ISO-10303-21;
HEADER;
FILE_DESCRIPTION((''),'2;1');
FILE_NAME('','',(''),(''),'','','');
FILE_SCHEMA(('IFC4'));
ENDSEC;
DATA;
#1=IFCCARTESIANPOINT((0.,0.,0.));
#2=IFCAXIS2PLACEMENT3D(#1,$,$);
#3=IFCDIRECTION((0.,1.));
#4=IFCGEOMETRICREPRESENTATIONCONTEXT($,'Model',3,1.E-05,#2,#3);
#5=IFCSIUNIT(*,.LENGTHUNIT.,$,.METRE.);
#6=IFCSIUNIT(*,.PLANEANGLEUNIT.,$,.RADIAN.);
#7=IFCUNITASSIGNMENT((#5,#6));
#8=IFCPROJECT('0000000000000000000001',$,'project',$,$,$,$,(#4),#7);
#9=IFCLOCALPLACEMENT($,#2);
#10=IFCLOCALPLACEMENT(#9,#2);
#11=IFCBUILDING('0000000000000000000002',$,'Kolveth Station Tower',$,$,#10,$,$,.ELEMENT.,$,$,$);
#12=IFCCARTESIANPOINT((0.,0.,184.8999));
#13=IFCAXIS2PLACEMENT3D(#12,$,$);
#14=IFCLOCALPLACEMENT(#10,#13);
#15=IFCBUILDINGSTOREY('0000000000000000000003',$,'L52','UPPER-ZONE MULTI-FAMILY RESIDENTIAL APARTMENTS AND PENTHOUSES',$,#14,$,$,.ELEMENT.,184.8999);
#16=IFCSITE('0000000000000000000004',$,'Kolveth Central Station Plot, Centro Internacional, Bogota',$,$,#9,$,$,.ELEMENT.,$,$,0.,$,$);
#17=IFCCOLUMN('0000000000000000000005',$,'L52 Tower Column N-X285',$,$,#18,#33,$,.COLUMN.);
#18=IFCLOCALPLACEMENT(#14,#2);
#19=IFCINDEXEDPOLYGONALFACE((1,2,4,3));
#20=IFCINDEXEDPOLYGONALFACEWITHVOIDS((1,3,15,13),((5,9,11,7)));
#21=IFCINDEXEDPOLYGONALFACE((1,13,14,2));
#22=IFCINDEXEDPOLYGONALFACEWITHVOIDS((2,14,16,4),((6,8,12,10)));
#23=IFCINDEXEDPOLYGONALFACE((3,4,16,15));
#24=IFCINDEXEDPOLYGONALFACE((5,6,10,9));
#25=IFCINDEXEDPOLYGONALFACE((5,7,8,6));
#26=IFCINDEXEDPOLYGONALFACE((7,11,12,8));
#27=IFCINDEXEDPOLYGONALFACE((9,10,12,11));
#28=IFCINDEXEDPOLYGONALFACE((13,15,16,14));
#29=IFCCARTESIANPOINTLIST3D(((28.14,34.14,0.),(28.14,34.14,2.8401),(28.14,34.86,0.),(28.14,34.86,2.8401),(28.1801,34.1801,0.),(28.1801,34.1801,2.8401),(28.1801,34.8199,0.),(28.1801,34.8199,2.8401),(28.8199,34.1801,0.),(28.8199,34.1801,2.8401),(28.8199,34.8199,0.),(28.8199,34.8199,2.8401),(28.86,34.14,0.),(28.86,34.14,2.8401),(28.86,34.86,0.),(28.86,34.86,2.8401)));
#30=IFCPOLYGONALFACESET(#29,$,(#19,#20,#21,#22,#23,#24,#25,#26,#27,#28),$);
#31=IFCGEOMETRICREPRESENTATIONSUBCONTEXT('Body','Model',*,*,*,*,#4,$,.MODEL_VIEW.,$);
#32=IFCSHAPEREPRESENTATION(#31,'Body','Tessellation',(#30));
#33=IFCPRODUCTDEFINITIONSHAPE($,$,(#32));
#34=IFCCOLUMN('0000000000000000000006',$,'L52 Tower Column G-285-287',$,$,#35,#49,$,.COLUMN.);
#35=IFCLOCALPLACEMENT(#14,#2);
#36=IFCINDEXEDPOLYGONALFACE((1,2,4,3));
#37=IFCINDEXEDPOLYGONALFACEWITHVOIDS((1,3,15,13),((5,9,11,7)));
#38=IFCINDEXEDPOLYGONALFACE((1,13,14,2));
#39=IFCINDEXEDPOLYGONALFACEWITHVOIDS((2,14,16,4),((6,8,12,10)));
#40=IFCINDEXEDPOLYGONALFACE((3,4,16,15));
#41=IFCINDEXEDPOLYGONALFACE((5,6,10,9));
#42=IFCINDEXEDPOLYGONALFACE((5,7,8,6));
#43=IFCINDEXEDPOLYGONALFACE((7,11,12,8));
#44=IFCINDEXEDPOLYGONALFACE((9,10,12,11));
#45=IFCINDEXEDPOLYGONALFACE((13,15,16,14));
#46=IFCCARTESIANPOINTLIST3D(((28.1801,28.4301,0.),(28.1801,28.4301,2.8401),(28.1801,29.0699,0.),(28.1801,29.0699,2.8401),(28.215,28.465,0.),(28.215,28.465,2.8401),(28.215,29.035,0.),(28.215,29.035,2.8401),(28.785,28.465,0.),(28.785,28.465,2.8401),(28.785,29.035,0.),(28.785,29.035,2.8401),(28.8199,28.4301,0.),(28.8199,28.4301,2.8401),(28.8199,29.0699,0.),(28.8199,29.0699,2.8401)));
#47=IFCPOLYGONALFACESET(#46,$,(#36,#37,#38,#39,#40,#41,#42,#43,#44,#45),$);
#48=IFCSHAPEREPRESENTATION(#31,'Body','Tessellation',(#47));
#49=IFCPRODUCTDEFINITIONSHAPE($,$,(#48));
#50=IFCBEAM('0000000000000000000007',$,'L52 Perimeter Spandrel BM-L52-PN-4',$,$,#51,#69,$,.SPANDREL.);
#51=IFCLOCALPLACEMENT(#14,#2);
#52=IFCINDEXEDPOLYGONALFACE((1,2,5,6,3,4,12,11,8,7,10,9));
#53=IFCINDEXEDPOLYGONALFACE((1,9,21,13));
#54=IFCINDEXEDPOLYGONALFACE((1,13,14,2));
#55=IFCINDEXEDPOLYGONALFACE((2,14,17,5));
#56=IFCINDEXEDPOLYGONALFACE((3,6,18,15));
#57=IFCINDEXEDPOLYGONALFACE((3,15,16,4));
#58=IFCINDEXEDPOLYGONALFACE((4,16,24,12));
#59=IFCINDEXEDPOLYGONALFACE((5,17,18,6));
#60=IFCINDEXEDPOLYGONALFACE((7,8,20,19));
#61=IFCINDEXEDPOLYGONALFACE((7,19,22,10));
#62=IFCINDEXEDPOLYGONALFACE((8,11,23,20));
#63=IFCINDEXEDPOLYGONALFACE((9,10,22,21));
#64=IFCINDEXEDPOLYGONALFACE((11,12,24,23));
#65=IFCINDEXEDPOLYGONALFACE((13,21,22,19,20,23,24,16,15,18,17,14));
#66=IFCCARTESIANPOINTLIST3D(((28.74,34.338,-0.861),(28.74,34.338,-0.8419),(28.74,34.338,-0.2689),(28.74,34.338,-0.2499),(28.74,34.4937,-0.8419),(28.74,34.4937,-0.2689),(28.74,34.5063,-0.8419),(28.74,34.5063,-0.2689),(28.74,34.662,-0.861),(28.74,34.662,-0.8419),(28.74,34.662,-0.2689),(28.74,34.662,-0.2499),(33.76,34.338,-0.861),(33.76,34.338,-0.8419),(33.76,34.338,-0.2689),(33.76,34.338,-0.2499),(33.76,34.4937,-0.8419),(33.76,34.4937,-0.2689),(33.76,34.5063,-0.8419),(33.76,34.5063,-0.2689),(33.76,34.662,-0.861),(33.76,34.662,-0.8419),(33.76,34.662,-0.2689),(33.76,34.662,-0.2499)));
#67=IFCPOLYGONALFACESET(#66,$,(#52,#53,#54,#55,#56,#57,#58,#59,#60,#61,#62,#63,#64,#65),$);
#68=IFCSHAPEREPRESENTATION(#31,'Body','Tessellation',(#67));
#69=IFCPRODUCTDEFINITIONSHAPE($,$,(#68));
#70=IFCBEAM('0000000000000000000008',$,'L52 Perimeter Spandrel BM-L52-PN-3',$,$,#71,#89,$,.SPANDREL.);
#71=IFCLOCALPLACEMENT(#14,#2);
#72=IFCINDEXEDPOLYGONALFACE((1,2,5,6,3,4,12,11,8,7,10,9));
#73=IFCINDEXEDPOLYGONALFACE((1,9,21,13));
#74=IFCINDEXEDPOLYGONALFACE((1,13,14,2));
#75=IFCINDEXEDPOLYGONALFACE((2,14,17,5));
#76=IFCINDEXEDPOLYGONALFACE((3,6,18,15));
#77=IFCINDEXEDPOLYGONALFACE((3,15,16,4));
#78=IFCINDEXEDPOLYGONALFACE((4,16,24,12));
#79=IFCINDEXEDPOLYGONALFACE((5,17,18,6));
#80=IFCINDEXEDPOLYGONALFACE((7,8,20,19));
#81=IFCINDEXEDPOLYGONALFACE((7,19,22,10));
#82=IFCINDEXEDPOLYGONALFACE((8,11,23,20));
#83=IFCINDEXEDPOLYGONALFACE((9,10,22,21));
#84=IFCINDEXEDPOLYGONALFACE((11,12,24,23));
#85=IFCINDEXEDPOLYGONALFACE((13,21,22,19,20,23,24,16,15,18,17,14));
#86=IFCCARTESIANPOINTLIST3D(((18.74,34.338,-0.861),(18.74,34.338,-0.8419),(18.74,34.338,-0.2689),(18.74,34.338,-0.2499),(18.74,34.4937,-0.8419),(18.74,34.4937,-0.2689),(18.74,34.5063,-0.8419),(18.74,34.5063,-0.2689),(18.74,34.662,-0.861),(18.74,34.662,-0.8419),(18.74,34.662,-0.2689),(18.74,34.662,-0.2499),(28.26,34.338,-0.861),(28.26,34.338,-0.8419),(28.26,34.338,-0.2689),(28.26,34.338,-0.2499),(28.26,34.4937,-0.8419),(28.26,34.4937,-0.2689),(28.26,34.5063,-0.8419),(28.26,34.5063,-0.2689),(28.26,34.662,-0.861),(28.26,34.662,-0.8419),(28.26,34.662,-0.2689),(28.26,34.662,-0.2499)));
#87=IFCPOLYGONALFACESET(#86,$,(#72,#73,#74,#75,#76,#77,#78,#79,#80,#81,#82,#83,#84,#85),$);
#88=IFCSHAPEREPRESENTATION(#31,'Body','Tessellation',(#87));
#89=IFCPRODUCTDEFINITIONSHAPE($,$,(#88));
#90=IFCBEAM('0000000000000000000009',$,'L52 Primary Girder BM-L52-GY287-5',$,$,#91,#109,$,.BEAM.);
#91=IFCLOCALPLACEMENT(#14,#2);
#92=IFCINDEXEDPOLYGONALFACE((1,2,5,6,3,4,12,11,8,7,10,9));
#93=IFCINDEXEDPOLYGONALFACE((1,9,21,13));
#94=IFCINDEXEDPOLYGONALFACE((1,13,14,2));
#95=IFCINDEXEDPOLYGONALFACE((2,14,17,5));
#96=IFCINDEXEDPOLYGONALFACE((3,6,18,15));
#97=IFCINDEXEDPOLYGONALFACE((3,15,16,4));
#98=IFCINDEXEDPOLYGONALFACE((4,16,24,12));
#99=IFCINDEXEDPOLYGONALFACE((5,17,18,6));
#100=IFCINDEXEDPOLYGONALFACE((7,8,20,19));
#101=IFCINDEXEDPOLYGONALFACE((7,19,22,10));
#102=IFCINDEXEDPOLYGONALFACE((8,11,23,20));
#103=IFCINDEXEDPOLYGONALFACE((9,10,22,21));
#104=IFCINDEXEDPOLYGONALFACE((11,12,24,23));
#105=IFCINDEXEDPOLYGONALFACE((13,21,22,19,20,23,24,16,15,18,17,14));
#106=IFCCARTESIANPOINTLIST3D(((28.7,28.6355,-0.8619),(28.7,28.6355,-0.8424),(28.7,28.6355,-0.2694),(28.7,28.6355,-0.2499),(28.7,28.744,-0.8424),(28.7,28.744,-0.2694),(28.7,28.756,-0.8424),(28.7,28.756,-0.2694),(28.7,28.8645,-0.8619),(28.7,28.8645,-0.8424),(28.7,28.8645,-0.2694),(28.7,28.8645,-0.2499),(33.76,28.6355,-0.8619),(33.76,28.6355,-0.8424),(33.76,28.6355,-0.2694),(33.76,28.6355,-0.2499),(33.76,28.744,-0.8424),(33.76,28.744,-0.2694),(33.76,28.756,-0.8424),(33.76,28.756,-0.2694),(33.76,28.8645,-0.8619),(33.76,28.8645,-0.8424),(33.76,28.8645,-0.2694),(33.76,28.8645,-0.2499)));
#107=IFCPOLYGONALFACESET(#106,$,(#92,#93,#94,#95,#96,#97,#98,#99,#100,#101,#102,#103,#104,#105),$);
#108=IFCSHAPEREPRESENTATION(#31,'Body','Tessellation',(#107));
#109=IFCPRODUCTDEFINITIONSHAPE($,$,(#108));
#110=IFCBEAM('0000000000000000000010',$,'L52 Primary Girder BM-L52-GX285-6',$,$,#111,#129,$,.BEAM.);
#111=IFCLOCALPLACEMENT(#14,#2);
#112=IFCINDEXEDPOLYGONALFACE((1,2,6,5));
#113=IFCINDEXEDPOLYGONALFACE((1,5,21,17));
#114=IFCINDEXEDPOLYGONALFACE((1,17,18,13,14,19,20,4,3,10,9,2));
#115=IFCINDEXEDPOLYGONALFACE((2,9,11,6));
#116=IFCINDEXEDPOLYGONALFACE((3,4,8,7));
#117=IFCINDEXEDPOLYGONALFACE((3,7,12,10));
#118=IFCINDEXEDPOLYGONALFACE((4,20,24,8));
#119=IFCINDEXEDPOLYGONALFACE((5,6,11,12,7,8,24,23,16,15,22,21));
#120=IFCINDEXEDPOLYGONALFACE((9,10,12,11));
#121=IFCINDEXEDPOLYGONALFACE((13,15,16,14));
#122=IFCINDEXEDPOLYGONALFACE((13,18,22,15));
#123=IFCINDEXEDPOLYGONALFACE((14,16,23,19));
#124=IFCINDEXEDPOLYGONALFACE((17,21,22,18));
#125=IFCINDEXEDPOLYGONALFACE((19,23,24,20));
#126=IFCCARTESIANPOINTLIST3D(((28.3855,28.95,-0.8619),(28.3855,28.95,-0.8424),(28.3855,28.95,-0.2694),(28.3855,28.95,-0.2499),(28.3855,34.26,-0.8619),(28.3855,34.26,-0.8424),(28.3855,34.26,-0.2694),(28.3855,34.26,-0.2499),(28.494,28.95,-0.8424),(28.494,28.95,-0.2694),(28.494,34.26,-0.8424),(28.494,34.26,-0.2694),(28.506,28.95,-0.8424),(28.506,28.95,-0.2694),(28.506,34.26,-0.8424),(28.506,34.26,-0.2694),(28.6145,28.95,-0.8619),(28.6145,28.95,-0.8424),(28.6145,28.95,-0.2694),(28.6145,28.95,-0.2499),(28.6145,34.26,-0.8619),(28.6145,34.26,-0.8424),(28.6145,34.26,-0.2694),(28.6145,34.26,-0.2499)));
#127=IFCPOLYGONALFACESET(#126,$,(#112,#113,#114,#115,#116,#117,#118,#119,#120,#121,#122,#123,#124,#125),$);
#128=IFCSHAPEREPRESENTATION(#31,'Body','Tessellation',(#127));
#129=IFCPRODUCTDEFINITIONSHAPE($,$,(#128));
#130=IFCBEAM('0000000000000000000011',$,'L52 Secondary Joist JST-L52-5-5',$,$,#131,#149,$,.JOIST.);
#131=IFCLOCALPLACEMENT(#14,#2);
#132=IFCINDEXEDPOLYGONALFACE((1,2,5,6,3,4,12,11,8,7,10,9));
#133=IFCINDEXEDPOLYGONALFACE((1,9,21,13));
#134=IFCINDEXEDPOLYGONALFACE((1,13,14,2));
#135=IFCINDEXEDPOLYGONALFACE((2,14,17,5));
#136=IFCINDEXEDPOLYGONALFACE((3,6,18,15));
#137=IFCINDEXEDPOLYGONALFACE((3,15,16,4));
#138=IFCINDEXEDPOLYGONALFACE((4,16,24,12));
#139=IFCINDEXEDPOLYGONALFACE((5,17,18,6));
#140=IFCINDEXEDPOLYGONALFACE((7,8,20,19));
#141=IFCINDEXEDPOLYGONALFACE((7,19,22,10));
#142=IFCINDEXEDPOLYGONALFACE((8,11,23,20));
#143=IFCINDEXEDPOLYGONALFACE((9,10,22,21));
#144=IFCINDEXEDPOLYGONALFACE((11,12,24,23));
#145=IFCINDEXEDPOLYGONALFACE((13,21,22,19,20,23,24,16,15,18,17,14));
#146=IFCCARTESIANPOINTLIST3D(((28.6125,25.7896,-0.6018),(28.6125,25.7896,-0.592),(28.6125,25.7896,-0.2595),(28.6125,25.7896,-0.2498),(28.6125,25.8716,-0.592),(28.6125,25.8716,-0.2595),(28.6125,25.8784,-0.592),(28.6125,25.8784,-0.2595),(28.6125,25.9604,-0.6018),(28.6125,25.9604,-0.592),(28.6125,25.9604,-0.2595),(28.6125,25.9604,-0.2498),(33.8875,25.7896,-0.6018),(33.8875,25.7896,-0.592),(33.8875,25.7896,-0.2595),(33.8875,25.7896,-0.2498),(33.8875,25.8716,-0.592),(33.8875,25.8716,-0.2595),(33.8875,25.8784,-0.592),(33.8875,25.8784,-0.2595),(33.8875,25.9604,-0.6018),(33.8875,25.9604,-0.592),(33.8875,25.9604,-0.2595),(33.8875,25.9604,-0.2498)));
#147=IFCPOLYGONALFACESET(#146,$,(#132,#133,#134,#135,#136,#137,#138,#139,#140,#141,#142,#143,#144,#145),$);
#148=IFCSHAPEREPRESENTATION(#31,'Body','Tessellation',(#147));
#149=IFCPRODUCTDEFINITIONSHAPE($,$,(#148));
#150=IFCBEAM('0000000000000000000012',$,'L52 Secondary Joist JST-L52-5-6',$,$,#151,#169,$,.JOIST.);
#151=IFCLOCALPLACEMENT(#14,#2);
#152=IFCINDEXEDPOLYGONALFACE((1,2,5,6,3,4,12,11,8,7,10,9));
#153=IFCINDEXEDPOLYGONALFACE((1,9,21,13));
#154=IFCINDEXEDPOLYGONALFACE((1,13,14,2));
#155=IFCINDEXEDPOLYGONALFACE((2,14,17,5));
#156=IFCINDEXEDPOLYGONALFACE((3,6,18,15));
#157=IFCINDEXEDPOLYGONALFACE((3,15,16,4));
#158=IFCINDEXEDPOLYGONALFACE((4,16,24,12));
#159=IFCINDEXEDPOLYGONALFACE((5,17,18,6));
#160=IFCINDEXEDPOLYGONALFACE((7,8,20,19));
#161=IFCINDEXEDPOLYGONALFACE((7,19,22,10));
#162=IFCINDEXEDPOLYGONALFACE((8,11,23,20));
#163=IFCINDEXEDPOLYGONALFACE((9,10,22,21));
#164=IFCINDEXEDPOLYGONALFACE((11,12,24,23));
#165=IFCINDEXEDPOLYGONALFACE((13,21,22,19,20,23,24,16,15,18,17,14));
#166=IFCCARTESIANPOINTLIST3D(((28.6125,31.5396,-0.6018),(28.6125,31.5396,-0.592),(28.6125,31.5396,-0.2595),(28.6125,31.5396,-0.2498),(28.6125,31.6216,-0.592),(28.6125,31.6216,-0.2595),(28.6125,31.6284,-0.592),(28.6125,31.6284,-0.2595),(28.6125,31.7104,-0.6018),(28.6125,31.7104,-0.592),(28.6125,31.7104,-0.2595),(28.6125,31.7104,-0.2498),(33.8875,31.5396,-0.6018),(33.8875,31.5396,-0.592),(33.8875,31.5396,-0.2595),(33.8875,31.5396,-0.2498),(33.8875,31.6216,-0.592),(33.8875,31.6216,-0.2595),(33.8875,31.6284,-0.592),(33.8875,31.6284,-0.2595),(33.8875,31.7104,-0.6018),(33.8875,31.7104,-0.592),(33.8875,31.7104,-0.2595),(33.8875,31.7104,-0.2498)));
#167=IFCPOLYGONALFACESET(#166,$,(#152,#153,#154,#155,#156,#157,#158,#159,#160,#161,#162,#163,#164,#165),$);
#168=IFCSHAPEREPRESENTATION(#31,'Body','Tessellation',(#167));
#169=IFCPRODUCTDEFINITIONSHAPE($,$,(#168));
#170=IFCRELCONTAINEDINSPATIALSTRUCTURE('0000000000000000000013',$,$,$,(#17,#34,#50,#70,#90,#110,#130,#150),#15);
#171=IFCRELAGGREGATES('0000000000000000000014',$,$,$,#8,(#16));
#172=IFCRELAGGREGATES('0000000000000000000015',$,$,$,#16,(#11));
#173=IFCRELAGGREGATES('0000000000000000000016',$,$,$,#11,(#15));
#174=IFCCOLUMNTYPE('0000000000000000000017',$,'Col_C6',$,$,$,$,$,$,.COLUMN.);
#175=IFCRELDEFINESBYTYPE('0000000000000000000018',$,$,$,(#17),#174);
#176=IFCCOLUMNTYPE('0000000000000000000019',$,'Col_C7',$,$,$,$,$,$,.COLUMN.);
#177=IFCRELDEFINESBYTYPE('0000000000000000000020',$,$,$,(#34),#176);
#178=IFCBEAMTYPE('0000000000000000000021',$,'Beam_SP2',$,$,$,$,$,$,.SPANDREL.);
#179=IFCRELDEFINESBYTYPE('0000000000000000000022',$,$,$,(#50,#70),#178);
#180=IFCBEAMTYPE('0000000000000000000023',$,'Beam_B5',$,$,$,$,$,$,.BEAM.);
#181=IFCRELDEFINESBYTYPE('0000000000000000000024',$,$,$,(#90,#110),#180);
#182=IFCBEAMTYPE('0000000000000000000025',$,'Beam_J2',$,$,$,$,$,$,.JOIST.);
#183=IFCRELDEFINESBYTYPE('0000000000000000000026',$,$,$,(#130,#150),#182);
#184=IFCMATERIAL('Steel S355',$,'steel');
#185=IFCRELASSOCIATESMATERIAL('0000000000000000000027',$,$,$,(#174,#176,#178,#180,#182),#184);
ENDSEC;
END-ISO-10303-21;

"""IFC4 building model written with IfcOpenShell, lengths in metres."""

from ifc_helpers import new_model, si_unit, direction, frame, origin, origin_2d, place, context, subcontext, project, spatial, hollow_rectangle, i_section, extrude, source, transform, mapped, material, material_profile, profile_set, type_object, element, save


model = new_model("IFC4")

# Units and contexts
model_context = context("Model", 3, precision=1e-05, world=origin(), true_north=direction((0.0, 1.0)))
body_context = subcontext(model_context, "Body", "Model", "MODEL_VIEW")
ifc_project = project(units=[si_unit("LENGTHUNIT", "METRE"), si_unit("PLANEANGLEUNIT", "RADIAN")], contexts=[model_context])

# Site, building, storey
site_placement = place(None, origin())
site = spatial("IfcSite", under=ifc_project, at=site_placement, Name="Kolveth Central Station Plot, Centro Internacional, Bogota", CompositionType="ELEMENT", RefElevation=0.0)
building_placement = place(site_placement, origin())
building = spatial("IfcBuilding", under=site, at=building_placement, Name="Kolveth Station Tower", CompositionType="ELEMENT")
storey_placement = place(building_placement, frame((0.0, 0.0, 184.8999)))
storey = spatial("IfcBuildingStorey", under=building, at=storey_placement, Name="L52", Description="UPPER-ZONE MULTI-FAMILY RESIDENTIAL APARTMENTS AND PENTHOUSES", CompositionType="ELEMENT", Elevation=184.8999)

# Columns
ifc_material_1 = material(Name="Steel S355", Category="steel")
ifc_material_profile_1 = material_profile(ifc_material_1, hollow_rectangle(XDim=0.72, YDim=0.72, WallThickness=0.04, at=origin_2d()), Name="BOX720x720x40")
ifc_profile_set_1 = profile_set([ifc_material_profile_1], Name="Steel S355")
column_type_1 = type_object("IfcColumnType", Name="Col_C6", PredefinedType="COLUMN", material=ifc_profile_set_1)
shared_shape_1 = source(origin(), body_context, "Body", "SweptSolid", [
    extrude(hollow_rectangle(XDim=0.72, YDim=0.72, WallThickness=0.04, at=origin_2d()), origin(), (0.0, 0.0, 1.0), 2.8401),
])
column_1_placement = place(storey_placement, frame((28.5, 34.5, 0.0), z_axis=(0.0, 0.0, 1.0), x_axis=(1.0, 0.0, 0.0)))
element("IfcColumn", 1, at=column_1_placement, inside=storey, type_object=column_type_1, Name="L52 Tower Column N-X285", PredefinedType="COLUMN", context=body_context, shape_type="MappedRepresentation", body=[
    mapped(shared_shape_1, transform((0.0, 0.0, 0.0), x_axis=(1.0, 0.0, 0.0), y_axis=(0.0, 1.0, 0.0), z_axis=(0.0, 0.0, 1.0), scale=1.0)),
])
ifc_material_profile_2 = material_profile(ifc_material_1, hollow_rectangle(XDim=0.6399, YDim=0.6399, WallThickness=0.0349, at=origin_2d()), Name="BOX640x640x35")
ifc_profile_set_2 = profile_set([ifc_material_profile_2], Name="Steel S355")
column_type_2 = type_object("IfcColumnType", Name="Col_C7", PredefinedType="COLUMN", material=ifc_profile_set_2)
shared_shape_2 = source(origin(), body_context, "Body", "SweptSolid", [
    extrude(hollow_rectangle(XDim=0.6399, YDim=0.6399, WallThickness=0.0349, at=origin_2d()), origin(), (0.0, 0.0, 1.0), 2.8401),
])
column_2_placement = place(storey_placement, frame((28.5, 28.75, 0.0), z_axis=(0.0, 0.0, 1.0), x_axis=(1.0, 0.0, 0.0)))
element("IfcColumn", 2, at=column_2_placement, inside=storey, type_object=column_type_2, Name="L52 Tower Column G-285-287", PredefinedType="COLUMN", context=body_context, shape_type="MappedRepresentation", body=[
    mapped(shared_shape_2, transform((0.0, 0.0, 0.0), x_axis=(1.0, 0.0, 0.0), y_axis=(0.0, 1.0, 0.0), z_axis=(0.0, 0.0, 1.0), scale=1.0)),
])

# Beams
ifc_material_profile_3 = material_profile(ifc_material_1, i_section(OverallWidth=0.324, OverallDepth=0.6111, WebThickness=0.0127, FlangeThickness=0.019, at=origin_2d()), Name="W610x155")
ifc_profile_set_3 = profile_set([ifc_material_profile_3], Name="Steel S355")
beam_type_1 = type_object("IfcBeamType", Name="Beam_SP2", PredefinedType="SPANDREL", material=ifc_profile_set_3)
shared_shape_3 = source(origin(), body_context, "Body", "SweptSolid", [
    extrude(i_section(OverallWidth=0.324, OverallDepth=0.6111, WebThickness=0.0127, FlangeThickness=0.019, at=origin_2d()), origin(), (0.0, 0.0, 1.0), 5.02),
])
beam_1_placement = place(storey_placement, frame((28.74, 34.5, -0.5554), z_axis=(1.0, 0.0, 0.0), x_axis=(0.0, 1.0, 0.0)))
element("IfcBeam", 3, at=beam_1_placement, inside=storey, type_object=beam_type_1, Name="L52 Perimeter Spandrel BM-L52-PN-4", PredefinedType="SPANDREL", context=body_context, shape_type="MappedRepresentation", body=[
    mapped(shared_shape_3, transform((0.0, 0.0, 0.0), x_axis=(1.0, 0.0, 0.0), y_axis=(0.0, 1.0, 0.0), z_axis=(0.0, 0.0, 1.0), scale=1.0)),
])
shared_shape_4 = source(origin(), body_context, "Body", "SweptSolid", [
    extrude(i_section(OverallWidth=0.324, OverallDepth=0.6111, WebThickness=0.0127, FlangeThickness=0.019, at=origin_2d()), origin(), (0.0, 0.0, 1.0), 9.52),
])
beam_2_placement = place(storey_placement, frame((18.74, 34.5, -0.5554), z_axis=(1.0, 0.0, 0.0), x_axis=(0.0, 1.0, 0.0)))
element("IfcBeam", 4, at=beam_2_placement, inside=storey, type_object=beam_type_1, Name="L52 Perimeter Spandrel BM-L52-PN-3", PredefinedType="SPANDREL", context=body_context, shape_type="MappedRepresentation", body=[
    mapped(shared_shape_4, transform((0.0, 0.0, 0.0), x_axis=(1.0, 0.0, 0.0), y_axis=(0.0, 1.0, 0.0), z_axis=(0.0, 0.0, 1.0), scale=1.0)),
])
ifc_material_profile_4 = material_profile(ifc_material_1, i_section(OverallWidth=0.229, OverallDepth=0.6121, WebThickness=0.012, FlangeThickness=0.0195, at=origin_2d()), Name="W610x125")
ifc_profile_set_4 = profile_set([ifc_material_profile_4], Name="Steel S355")
beam_type_2 = type_object("IfcBeamType", Name="Beam_B5", PredefinedType="BEAM", material=ifc_profile_set_4)
shared_shape_5 = source(origin(), body_context, "Body", "SweptSolid", [
    extrude(i_section(OverallWidth=0.229, OverallDepth=0.6121, WebThickness=0.012, FlangeThickness=0.0195, at=origin_2d()), origin(), (0.0, 0.0, 1.0), 5.0601),
])
beam_3_placement = place(storey_placement, frame((28.7, 28.75, -0.5559), z_axis=(1.0, 0.0, 0.0), x_axis=(0.0, 1.0, 0.0)))
element("IfcBeam", 5, at=beam_3_placement, inside=storey, type_object=beam_type_2, Name="L52 Primary Girder BM-L52-GY287-5", PredefinedType="BEAM", context=body_context, shape_type="MappedRepresentation", body=[
    mapped(shared_shape_5, transform((0.0, 0.0, 0.0), x_axis=(1.0, 0.0, 0.0), y_axis=(0.0, 1.0, 0.0), z_axis=(0.0, 0.0, 1.0), scale=1.0)),
])
shared_shape_6 = source(origin(), body_context, "Body", "SweptSolid", [
    extrude(i_section(OverallWidth=0.229, OverallDepth=0.6121, WebThickness=0.012, FlangeThickness=0.0195, at=origin_2d()), origin(), (0.0, 0.0, 1.0), 5.3101),
])
beam_4_placement = place(storey_placement, frame((28.5, 28.95, -0.5559), z_axis=(0.0, 1.0, 0.0), x_axis=(-1.0, 0.0, 0.0)))
element("IfcBeam", 6, at=beam_4_placement, inside=storey, type_object=beam_type_2, Name="L52 Primary Girder BM-L52-GX285-6", PredefinedType="BEAM", context=body_context, shape_type="MappedRepresentation", body=[
    mapped(shared_shape_6, transform((0.0, 0.0, 0.0), x_axis=(1.0, 0.0, 0.0), y_axis=(0.0, 1.0, 0.0), z_axis=(0.0, 0.0, 1.0), scale=1.0)),
])
ifc_material_profile_5 = material_profile(ifc_material_1, i_section(OverallWidth=0.1709, OverallDepth=0.3521, WebThickness=0.0068, FlangeThickness=0.0098, at=origin_2d()), Name="W360x44")
ifc_profile_set_5 = profile_set([ifc_material_profile_5], Name="Steel S355")
beam_type_3 = type_object("IfcBeamType", Name="Beam_J2", PredefinedType="JOIST", material=ifc_profile_set_5)
shared_shape_7 = source(origin(), body_context, "Body", "SweptSolid", [
    extrude(i_section(OverallWidth=0.1709, OverallDepth=0.3521, WebThickness=0.0068, FlangeThickness=0.0098, at=origin_2d()), origin(), (0.0, 0.0, 1.0), 5.2749),
])
for number, where, z_axis, x_axis, name in (
    (7, (28.6125, 25.875, -0.4258), (1.0, 0.0, 0.0), (0.0, 1.0, 0.0), "L52 Secondary Joist JST-L52-5-5"),
    (8, (28.6125, 31.625, -0.4258), (1.0, 0.0, 0.0), (0.0, 1.0, 0.0), "L52 Secondary Joist JST-L52-5-6"),
):
    element("IfcBeam", number, at=place(storey_placement, frame(where, z_axis=z_axis, x_axis=x_axis)), inside=storey, type_object=beam_type_3, Name=name, PredefinedType="JOIST", context=body_context, shape_type="MappedRepresentation", body=[
        mapped(shared_shape_7, transform((0.0, 0.0, 0.0), x_axis=(1.0, 0.0, 0.0), y_axis=(0.0, 1.0, 0.0), z_axis=(0.0, 0.0, 1.0), scale=1.0)),
    ])

save(model, "model.ifc")
